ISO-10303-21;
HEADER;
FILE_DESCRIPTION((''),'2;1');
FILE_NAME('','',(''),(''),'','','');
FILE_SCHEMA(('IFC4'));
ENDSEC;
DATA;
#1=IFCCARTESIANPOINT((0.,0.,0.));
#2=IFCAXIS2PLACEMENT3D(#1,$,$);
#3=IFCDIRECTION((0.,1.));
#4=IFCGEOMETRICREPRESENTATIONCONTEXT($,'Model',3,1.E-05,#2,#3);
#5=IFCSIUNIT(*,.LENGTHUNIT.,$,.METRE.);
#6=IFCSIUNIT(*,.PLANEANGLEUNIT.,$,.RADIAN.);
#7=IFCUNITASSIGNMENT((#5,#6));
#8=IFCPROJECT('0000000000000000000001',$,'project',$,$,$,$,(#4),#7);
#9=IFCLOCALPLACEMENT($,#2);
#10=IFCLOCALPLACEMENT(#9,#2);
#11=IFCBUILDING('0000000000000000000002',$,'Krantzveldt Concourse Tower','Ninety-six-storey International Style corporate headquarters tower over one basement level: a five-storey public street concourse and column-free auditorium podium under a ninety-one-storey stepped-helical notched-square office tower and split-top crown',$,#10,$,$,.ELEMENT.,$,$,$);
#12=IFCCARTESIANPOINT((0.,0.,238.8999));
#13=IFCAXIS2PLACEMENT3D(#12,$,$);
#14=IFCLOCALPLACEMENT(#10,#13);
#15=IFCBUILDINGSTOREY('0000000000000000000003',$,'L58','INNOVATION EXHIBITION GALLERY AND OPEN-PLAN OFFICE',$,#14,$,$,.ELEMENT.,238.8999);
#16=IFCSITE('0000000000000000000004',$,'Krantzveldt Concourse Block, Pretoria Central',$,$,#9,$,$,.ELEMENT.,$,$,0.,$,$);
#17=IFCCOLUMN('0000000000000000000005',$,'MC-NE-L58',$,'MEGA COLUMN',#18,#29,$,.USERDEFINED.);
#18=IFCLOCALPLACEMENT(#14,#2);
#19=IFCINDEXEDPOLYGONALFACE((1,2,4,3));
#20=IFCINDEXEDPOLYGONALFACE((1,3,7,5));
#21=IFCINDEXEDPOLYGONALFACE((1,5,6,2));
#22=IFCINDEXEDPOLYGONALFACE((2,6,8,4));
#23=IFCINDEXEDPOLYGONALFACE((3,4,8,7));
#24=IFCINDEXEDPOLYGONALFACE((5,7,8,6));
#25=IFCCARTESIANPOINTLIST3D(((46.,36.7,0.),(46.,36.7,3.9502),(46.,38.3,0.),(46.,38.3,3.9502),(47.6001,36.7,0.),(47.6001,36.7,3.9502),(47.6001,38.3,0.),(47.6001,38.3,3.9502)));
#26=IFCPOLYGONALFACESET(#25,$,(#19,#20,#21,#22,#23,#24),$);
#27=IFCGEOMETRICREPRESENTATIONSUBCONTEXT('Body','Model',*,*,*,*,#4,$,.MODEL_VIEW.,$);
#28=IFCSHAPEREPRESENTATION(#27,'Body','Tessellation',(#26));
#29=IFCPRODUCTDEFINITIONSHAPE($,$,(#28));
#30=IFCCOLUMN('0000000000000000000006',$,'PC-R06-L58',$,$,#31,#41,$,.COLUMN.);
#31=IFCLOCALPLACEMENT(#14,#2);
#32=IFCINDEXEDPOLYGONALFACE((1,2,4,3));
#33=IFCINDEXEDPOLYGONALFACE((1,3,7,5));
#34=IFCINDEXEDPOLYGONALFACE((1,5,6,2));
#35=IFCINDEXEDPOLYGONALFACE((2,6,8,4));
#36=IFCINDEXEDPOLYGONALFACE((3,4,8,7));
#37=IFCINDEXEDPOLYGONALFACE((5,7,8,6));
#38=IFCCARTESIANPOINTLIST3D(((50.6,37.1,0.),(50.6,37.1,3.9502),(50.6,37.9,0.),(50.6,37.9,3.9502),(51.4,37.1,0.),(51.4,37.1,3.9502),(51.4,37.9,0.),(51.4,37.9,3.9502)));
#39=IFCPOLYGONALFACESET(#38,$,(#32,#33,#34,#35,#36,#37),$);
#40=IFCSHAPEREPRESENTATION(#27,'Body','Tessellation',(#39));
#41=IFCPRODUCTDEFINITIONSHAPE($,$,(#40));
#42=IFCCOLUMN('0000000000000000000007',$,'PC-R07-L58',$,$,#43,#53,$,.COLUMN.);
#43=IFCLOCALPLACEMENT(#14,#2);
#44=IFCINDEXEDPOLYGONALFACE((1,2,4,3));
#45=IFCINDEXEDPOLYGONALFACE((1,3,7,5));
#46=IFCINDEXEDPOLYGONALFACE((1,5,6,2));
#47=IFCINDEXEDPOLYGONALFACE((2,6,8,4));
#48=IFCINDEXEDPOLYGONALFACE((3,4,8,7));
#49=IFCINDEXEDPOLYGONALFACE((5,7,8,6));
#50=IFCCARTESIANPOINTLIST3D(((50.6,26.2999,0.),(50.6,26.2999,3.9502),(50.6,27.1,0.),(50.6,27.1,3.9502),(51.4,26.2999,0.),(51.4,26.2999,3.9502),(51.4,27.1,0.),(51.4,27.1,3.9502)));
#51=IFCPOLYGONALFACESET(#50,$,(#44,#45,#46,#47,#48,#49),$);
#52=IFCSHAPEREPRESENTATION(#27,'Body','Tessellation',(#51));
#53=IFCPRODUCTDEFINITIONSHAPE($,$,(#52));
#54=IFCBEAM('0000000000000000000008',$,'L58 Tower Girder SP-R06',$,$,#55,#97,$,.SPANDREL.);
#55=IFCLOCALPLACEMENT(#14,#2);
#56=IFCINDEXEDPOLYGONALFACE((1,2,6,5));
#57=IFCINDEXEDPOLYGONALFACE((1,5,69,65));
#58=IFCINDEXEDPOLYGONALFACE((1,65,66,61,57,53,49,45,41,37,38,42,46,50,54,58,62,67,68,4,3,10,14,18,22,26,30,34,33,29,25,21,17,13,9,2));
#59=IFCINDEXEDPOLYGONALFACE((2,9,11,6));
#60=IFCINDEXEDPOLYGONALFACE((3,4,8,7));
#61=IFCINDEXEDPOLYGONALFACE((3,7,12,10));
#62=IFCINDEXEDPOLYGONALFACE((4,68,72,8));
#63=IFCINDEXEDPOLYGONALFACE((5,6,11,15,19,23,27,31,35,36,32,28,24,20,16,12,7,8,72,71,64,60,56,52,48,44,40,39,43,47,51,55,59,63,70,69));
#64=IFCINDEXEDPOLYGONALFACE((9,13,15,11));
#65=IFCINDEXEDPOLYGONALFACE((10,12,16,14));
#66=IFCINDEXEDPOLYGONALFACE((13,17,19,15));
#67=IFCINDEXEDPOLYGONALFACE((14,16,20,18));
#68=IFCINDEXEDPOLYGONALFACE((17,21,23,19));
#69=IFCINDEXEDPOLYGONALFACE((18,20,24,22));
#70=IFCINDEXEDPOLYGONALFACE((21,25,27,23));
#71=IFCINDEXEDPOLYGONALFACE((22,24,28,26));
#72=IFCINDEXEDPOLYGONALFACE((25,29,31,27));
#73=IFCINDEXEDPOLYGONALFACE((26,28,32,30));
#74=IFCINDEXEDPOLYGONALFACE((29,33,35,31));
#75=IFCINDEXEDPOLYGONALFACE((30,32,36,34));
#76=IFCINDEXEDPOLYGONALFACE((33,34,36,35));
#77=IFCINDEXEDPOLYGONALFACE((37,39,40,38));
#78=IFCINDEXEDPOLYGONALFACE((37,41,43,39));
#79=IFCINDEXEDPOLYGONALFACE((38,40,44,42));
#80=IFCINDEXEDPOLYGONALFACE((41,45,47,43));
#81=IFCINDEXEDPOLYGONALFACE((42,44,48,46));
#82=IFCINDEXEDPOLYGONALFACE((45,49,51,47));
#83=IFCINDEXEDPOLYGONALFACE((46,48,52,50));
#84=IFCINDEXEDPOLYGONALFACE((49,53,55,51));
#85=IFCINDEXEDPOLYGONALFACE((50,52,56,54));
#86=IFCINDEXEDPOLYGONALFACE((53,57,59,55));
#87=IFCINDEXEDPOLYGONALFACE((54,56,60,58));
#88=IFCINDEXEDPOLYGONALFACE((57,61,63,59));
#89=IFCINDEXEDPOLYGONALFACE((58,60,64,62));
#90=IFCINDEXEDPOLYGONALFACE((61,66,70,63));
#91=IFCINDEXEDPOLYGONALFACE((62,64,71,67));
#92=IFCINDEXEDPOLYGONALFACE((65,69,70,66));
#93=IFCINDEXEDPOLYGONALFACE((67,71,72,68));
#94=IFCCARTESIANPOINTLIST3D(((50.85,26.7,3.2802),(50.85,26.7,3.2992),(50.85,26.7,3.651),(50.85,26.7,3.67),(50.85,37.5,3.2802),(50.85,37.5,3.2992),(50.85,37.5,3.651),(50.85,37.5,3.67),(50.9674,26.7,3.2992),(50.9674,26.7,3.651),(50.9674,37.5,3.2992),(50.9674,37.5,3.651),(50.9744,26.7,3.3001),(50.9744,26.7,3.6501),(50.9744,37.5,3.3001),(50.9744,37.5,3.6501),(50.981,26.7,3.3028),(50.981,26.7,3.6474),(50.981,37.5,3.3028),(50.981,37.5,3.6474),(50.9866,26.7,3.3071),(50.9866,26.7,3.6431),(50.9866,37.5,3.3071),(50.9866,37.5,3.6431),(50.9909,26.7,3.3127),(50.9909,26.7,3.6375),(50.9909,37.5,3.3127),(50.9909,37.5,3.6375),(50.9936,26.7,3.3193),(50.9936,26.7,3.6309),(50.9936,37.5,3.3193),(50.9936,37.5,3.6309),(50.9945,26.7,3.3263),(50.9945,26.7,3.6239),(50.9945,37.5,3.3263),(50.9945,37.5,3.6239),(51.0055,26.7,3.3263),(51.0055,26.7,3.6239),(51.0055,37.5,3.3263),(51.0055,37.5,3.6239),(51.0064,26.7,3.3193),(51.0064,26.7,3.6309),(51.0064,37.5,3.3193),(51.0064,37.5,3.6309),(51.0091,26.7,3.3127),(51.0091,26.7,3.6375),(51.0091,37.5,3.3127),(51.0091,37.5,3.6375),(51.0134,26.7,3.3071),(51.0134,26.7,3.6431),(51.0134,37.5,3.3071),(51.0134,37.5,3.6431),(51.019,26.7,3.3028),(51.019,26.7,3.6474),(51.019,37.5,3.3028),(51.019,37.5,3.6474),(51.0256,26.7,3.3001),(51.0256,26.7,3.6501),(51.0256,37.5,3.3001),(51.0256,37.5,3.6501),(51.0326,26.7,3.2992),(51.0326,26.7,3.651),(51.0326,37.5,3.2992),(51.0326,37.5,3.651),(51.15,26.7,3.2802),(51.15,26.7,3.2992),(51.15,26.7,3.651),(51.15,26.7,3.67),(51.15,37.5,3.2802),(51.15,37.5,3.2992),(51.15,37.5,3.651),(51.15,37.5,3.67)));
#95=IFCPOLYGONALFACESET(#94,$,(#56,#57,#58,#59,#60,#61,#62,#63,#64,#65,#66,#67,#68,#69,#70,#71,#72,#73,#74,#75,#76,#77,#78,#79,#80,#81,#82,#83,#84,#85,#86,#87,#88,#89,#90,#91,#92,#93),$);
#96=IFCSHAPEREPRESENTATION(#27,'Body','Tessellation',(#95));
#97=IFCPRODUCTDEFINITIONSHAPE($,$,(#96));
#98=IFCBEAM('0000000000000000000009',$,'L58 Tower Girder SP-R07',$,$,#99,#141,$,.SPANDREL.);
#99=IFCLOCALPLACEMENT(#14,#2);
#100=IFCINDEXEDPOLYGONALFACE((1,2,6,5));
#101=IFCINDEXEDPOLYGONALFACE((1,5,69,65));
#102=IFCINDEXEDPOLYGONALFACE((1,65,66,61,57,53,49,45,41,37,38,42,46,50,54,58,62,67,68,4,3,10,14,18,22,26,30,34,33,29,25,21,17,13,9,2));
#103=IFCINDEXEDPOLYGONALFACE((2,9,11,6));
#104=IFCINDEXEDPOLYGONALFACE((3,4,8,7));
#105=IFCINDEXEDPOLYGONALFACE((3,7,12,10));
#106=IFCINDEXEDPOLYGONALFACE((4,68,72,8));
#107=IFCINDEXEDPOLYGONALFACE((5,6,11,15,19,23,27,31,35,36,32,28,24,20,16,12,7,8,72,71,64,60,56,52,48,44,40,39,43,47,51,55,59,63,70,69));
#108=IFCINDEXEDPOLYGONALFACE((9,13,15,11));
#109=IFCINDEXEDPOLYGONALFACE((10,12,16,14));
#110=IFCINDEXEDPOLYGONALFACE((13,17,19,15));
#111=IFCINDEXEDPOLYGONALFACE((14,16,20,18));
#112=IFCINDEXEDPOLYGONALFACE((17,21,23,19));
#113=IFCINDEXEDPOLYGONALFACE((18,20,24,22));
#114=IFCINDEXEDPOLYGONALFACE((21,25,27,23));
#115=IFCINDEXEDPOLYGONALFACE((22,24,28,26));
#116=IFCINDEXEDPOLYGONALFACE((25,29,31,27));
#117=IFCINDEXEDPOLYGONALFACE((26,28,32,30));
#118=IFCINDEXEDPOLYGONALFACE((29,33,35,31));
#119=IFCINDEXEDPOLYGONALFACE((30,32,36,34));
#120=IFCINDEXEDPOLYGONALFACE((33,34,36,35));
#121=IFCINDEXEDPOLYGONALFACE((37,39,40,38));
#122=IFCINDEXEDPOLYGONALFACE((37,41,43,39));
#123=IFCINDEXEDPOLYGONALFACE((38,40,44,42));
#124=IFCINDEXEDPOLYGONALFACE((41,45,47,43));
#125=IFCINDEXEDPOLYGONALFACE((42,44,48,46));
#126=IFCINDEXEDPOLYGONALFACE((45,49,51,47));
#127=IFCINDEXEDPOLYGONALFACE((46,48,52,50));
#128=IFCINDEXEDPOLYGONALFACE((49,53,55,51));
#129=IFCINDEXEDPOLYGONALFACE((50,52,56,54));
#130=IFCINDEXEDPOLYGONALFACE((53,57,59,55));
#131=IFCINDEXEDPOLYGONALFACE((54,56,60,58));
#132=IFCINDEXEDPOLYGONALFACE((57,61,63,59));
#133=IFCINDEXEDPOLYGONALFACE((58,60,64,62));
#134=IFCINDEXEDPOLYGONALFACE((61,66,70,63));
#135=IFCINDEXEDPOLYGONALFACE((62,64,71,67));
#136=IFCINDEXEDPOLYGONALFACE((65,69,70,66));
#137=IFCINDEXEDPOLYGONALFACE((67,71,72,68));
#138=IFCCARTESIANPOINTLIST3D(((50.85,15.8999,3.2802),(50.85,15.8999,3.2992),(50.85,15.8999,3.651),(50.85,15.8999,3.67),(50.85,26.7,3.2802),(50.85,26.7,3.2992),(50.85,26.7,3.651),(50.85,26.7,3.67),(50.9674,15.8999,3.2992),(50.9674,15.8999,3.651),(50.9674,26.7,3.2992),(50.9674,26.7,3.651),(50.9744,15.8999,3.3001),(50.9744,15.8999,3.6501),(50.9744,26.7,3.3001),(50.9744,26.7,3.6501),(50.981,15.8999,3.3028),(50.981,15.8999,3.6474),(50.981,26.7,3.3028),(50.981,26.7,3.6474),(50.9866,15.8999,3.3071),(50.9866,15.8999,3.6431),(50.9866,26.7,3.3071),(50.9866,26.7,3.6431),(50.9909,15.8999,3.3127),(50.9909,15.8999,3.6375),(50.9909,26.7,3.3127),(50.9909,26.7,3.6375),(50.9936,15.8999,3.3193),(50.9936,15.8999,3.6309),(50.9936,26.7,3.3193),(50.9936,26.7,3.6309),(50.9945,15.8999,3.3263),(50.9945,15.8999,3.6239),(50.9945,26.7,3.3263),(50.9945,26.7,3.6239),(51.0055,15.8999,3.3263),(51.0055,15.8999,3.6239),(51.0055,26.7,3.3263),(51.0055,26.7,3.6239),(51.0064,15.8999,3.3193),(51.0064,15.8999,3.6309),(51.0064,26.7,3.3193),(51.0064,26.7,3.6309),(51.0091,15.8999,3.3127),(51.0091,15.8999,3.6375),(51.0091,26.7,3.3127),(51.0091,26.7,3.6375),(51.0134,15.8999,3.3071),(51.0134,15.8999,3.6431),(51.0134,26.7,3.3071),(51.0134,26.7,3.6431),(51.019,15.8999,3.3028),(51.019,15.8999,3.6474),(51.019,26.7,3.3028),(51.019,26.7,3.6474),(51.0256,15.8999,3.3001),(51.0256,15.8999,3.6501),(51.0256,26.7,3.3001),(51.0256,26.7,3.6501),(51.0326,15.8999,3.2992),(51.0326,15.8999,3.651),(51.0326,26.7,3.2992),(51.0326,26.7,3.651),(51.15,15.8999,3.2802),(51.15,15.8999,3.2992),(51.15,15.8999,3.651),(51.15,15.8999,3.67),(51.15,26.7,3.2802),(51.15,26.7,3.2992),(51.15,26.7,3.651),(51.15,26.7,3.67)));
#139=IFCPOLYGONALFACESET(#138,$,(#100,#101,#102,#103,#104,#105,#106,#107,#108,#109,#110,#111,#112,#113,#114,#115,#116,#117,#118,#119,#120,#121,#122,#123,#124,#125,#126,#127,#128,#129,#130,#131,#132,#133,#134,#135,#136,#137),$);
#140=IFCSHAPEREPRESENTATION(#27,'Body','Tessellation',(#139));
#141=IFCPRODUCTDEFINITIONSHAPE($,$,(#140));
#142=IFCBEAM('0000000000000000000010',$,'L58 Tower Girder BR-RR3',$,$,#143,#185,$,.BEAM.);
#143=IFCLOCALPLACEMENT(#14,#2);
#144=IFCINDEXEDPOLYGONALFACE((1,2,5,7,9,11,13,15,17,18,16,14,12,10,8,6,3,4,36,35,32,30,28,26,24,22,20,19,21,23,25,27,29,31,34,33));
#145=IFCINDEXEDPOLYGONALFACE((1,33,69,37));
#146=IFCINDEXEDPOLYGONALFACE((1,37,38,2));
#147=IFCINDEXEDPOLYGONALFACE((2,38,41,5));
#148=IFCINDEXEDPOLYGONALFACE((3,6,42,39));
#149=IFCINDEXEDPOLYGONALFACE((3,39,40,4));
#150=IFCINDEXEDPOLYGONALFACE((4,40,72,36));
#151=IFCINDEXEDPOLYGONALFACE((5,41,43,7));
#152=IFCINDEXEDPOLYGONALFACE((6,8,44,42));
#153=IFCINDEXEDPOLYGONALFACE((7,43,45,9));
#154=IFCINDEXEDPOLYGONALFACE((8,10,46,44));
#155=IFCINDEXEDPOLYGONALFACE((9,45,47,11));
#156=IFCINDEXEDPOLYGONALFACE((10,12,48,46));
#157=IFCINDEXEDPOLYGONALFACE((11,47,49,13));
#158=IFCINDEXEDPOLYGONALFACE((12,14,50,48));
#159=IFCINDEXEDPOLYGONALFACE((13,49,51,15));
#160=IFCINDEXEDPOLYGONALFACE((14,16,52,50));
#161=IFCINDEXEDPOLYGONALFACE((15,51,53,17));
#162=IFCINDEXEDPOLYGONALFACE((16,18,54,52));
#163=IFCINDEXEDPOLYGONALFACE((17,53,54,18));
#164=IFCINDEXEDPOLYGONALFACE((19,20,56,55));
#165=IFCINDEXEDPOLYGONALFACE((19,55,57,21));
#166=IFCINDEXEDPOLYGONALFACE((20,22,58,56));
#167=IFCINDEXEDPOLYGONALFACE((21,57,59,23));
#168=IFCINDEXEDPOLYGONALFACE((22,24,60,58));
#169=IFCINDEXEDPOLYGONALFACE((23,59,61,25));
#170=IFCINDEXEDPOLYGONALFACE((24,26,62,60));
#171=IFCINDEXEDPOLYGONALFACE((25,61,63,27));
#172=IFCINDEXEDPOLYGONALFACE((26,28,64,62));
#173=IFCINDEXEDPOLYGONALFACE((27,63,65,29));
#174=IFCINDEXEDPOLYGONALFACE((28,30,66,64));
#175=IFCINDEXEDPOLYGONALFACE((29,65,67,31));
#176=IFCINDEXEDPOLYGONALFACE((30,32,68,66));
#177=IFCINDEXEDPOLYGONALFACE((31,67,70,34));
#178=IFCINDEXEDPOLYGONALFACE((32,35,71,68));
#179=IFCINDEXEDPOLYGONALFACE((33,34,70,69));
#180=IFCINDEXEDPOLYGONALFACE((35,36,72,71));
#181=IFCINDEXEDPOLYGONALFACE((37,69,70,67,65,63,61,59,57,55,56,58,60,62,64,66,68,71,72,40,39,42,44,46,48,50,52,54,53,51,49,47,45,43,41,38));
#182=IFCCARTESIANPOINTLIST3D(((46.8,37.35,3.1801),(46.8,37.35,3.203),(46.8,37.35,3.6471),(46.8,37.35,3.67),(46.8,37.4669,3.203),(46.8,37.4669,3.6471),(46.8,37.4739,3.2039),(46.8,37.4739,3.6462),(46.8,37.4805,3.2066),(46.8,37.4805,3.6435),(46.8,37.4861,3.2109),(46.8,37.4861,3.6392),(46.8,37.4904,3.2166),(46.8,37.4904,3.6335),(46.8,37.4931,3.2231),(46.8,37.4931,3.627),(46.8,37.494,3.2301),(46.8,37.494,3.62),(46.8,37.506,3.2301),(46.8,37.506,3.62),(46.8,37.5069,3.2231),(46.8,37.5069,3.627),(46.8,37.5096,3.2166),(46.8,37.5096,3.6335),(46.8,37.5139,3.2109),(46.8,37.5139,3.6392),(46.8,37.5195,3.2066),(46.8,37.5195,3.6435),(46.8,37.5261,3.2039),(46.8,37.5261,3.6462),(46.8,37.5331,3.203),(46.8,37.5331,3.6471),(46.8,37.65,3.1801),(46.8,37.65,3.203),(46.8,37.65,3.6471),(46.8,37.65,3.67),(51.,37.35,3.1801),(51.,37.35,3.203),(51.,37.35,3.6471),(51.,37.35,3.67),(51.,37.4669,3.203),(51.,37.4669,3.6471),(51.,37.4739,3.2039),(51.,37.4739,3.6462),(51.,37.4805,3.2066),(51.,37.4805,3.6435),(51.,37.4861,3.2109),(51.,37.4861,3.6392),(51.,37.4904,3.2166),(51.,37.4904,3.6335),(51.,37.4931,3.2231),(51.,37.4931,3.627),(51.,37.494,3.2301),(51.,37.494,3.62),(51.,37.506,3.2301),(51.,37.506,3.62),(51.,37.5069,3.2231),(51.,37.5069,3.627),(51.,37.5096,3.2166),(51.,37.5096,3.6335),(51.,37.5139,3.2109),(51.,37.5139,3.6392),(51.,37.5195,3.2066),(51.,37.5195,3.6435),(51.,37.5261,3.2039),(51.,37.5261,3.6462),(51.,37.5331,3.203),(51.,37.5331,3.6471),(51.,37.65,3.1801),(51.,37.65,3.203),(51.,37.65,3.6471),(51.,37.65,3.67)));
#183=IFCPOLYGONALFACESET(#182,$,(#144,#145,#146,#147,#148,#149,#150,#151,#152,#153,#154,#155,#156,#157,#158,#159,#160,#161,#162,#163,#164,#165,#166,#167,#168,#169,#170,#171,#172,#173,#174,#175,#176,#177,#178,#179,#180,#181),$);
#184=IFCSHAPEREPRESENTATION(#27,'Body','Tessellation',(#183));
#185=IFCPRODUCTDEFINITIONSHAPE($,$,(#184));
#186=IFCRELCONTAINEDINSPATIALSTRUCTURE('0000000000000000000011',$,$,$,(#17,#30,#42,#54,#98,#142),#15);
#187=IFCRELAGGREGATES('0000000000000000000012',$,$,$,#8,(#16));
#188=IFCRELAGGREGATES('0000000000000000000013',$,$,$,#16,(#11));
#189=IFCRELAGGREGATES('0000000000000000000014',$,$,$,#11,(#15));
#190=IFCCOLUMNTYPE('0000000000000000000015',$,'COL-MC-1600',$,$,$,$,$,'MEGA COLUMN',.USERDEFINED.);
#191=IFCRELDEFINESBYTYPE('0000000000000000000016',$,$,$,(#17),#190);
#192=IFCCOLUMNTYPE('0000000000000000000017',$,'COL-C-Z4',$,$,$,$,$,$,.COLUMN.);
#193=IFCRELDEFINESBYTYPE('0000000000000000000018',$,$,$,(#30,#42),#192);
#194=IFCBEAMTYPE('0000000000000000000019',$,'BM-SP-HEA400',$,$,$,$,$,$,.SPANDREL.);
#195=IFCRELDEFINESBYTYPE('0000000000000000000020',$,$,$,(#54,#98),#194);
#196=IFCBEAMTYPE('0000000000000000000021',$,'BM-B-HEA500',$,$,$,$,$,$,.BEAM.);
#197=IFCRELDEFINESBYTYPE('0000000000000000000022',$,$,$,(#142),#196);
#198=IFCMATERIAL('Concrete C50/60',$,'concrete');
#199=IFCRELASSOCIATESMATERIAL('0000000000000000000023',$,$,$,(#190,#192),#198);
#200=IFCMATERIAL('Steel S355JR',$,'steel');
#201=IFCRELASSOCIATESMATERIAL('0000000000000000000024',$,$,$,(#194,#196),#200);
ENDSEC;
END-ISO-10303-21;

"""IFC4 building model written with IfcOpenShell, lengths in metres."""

from ifc_helpers import new_model, si_unit, direction, frame, origin, origin_2d, place, context, subcontext, project, spatial, rectangle, i_section, extrude, source, transform, mapped, material, material_profile, profile_set, type_object, type_shapes, element, save


model = new_model("IFC4")

# Units and contexts
model_context = context("Model", 3, precision=1e-05, world=origin(), true_north=direction((0.0, 1.0)))
body_context = subcontext(model_context, "Body", "Model", "MODEL_VIEW")
ifc_project = project(units=[si_unit("LENGTHUNIT", "METRE"), si_unit("PLANEANGLEUNIT", "RADIAN")], contexts=[model_context])

# Site, building, storey
site_placement = place(None, origin())
site = spatial("IfcSite", under=ifc_project, at=site_placement, Name="Krantzveldt Concourse Block, Pretoria Central", CompositionType="ELEMENT", RefElevation=0.0)
building_placement = place(site_placement, origin())
building = spatial("IfcBuilding", under=site, at=building_placement, Name="Krantzveldt Concourse Tower", Description="Ninety-six-storey International Style corporate headquarters tower over one basement level: a five-storey public street concourse and column-free auditorium podium under a ninety-one-storey stepped-helical notched-square office tower and split-top crown", CompositionType="ELEMENT")
storey_placement = place(building_placement, frame((0.0, 0.0, 238.8999)))
storey = spatial("IfcBuildingStorey", under=building, at=storey_placement, Name="L58", Description="INNOVATION EXHIBITION GALLERY AND OPEN-PLAN OFFICE", CompositionType="ELEMENT", Elevation=238.8999)

# Columns
ifc_material_1 = material(Name="Concrete C50/60", Category="concrete")
ifc_material_profile_1 = material_profile(ifc_material_1, rectangle(XDim=1.6001, YDim=1.6001, at=origin_2d()), Name="Concrete C50/60", Category="concrete")
ifc_profile_set_1 = profile_set([ifc_material_profile_1], Name="Concrete C50/60 - RC 1600x1600")
column_type_1 = type_object("IfcColumnType", Name="COL-MC-1600", ElementType="MEGA COLUMN", PredefinedType="USERDEFINED", material=ifc_profile_set_1)
shared_shape_1 = source(origin(), body_context, "Body", "SweptSolid", [
    extrude(rectangle(XDim=1.6001, YDim=1.6001, at=origin_2d()), origin(), (0.0, 0.0, 1.0), 3.9502),
])
type_shapes(column_type_1, [shared_shape_1])
column_placement = place(storey_placement, frame((46.8, 37.5, 0.0), z_axis=(0.0, 0.0, 1.0), x_axis=(1.0, 0.0, 0.0)))
element("IfcColumn", 1, at=column_placement, inside=storey, type_object=column_type_1, Name="MC-NE-L58", ObjectType="MEGA COLUMN", PredefinedType="USERDEFINED", context=body_context, shape_type="MappedRepresentation", body=[
    mapped(shared_shape_1, transform((0.0, 0.0, 0.0), x_axis=(1.0, 0.0, 0.0), y_axis=(0.0, 1.0, 0.0), z_axis=(0.0, 0.0, 1.0), scale=1.0)),
])
ifc_material_profile_2 = material_profile(ifc_material_1, rectangle(XDim=0.8, YDim=0.8, at=origin_2d()), Name="Concrete C50/60", Category="concrete")
ifc_profile_set_2 = profile_set([ifc_material_profile_2], Name="Concrete C50/60 - RC 800x800")
column_type_2 = type_object("IfcColumnType", Name="COL-C-Z4", PredefinedType="COLUMN", material=ifc_profile_set_2)
shared_shape_2 = source(origin(), body_context, "Body", "SweptSolid", [
    extrude(rectangle(XDim=0.8, YDim=0.8, at=origin_2d()), origin(), (0.0, 0.0, 1.0), 3.9502),
])
type_shapes(column_type_2, [shared_shape_2])
for number, where, z_axis, x_axis, name in (
    (2, (51.0, 37.5, 0.0), (0.0, 0.0, 1.0), (1.0, 0.0, 0.0), "PC-R06-L58"),
    (3, (51.0, 26.7, 0.0), (0.0, 0.0, 1.0), (1.0, 0.0, 0.0), "PC-R07-L58"),
):
    element("IfcColumn", number, at=place(storey_placement, frame(where, z_axis=z_axis, x_axis=x_axis)), inside=storey, type_object=column_type_2, Name=name, PredefinedType="COLUMN", context=body_context, shape_type="MappedRepresentation", body=[
        mapped(shared_shape_2, transform((0.0, 0.0, 0.0), x_axis=(1.0, 0.0, 0.0), y_axis=(0.0, 1.0, 0.0), z_axis=(0.0, 0.0, 1.0), scale=1.0)),
    ])

# Beams
ifc_material_2 = material(Name="Steel S355JR", Category="steel")
ifc_material_profile_3 = material_profile(ifc_material_2, i_section(OverallWidth=0.3, OverallDepth=0.3899, WebThickness=0.011, FlangeThickness=0.019, FilletRadius=0.0271, at=origin_2d()), Name="Steel S355JR", Category="steel")
ifc_profile_set_3 = profile_set([ifc_material_profile_3], Name="Steel S355JR - HEA 400")
beam_type_1 = type_object("IfcBeamType", Name="BM-SP-HEA400", PredefinedType="SPANDREL", material=ifc_profile_set_3)
shared_shape_3 = source(origin(), body_context, "Body", "SweptSolid", [
    extrude(i_section(OverallWidth=0.3, OverallDepth=0.3899, WebThickness=0.011, FlangeThickness=0.019, FilletRadius=0.0271, at=origin_2d()), origin(), (0.0, 0.0, 1.0), 10.8),
])
type_shapes(beam_type_1, [shared_shape_3])
for number, where, z_axis, x_axis, name in (
    (4, (51.0, 37.5, 3.4751), (0.0, -1.0, 0.0), (1.0, 0.0, 0.0), "L58 Tower Girder SP-R06"),
    (5, (51.0, 26.7, 3.4751), (0.0, -1.0, 0.0), (1.0, 0.0, 0.0), "L58 Tower Girder SP-R07"),
):
    element("IfcBeam", number, at=place(storey_placement, frame(where, z_axis=z_axis, x_axis=x_axis)), inside=storey, type_object=beam_type_1, Name=name, PredefinedType="SPANDREL", context=body_context, shape_type="MappedRepresentation", body=[
        mapped(shared_shape_3, transform((0.0, 0.0, 0.0), x_axis=(1.0, 0.0, 0.0), y_axis=(0.0, 1.0, 0.0), z_axis=(0.0, 0.0, 1.0), scale=1.0)),
    ])
ifc_material_profile_4 = material_profile(ifc_material_2, i_section(OverallWidth=0.3, OverallDepth=0.49, WebThickness=0.012, FlangeThickness=0.0229, FilletRadius=0.0271, at=origin_2d()), Name="Steel S355JR", Category="steel")
ifc_profile_set_4 = profile_set([ifc_material_profile_4], Name="Steel S355JR - HEA 500")
beam_type_2 = type_object("IfcBeamType", Name="BM-B-HEA500", PredefinedType="BEAM", material=ifc_profile_set_4)
shared_shape_4 = source(origin(), body_context, "Body", "SweptSolid", [
    extrude(i_section(OverallWidth=0.3, OverallDepth=0.49, WebThickness=0.012, FlangeThickness=0.0229, FilletRadius=0.0271, at=origin_2d()), origin(), (0.0, 0.0, 1.0), 4.2),
])
beam_1_placement = place(storey_placement, frame((46.8, 37.5, 3.425), z_axis=(1.0, 0.0, 0.0), x_axis=(0.0, 1.0, 0.0)))
element("IfcBeam", 6, at=beam_1_placement, inside=storey, type_object=beam_type_2, Name="L58 Tower Girder BR-RR3", PredefinedType="BEAM", context=body_context, shape_type="MappedRepresentation", body=[
    mapped(shared_shape_4, transform((0.0, 0.0, 0.0), x_axis=(1.0, 0.0, 0.0), y_axis=(0.0, 1.0, 0.0), z_axis=(0.0, 0.0, 1.0), scale=1.0)),
])

save(model, "model.ifc")
